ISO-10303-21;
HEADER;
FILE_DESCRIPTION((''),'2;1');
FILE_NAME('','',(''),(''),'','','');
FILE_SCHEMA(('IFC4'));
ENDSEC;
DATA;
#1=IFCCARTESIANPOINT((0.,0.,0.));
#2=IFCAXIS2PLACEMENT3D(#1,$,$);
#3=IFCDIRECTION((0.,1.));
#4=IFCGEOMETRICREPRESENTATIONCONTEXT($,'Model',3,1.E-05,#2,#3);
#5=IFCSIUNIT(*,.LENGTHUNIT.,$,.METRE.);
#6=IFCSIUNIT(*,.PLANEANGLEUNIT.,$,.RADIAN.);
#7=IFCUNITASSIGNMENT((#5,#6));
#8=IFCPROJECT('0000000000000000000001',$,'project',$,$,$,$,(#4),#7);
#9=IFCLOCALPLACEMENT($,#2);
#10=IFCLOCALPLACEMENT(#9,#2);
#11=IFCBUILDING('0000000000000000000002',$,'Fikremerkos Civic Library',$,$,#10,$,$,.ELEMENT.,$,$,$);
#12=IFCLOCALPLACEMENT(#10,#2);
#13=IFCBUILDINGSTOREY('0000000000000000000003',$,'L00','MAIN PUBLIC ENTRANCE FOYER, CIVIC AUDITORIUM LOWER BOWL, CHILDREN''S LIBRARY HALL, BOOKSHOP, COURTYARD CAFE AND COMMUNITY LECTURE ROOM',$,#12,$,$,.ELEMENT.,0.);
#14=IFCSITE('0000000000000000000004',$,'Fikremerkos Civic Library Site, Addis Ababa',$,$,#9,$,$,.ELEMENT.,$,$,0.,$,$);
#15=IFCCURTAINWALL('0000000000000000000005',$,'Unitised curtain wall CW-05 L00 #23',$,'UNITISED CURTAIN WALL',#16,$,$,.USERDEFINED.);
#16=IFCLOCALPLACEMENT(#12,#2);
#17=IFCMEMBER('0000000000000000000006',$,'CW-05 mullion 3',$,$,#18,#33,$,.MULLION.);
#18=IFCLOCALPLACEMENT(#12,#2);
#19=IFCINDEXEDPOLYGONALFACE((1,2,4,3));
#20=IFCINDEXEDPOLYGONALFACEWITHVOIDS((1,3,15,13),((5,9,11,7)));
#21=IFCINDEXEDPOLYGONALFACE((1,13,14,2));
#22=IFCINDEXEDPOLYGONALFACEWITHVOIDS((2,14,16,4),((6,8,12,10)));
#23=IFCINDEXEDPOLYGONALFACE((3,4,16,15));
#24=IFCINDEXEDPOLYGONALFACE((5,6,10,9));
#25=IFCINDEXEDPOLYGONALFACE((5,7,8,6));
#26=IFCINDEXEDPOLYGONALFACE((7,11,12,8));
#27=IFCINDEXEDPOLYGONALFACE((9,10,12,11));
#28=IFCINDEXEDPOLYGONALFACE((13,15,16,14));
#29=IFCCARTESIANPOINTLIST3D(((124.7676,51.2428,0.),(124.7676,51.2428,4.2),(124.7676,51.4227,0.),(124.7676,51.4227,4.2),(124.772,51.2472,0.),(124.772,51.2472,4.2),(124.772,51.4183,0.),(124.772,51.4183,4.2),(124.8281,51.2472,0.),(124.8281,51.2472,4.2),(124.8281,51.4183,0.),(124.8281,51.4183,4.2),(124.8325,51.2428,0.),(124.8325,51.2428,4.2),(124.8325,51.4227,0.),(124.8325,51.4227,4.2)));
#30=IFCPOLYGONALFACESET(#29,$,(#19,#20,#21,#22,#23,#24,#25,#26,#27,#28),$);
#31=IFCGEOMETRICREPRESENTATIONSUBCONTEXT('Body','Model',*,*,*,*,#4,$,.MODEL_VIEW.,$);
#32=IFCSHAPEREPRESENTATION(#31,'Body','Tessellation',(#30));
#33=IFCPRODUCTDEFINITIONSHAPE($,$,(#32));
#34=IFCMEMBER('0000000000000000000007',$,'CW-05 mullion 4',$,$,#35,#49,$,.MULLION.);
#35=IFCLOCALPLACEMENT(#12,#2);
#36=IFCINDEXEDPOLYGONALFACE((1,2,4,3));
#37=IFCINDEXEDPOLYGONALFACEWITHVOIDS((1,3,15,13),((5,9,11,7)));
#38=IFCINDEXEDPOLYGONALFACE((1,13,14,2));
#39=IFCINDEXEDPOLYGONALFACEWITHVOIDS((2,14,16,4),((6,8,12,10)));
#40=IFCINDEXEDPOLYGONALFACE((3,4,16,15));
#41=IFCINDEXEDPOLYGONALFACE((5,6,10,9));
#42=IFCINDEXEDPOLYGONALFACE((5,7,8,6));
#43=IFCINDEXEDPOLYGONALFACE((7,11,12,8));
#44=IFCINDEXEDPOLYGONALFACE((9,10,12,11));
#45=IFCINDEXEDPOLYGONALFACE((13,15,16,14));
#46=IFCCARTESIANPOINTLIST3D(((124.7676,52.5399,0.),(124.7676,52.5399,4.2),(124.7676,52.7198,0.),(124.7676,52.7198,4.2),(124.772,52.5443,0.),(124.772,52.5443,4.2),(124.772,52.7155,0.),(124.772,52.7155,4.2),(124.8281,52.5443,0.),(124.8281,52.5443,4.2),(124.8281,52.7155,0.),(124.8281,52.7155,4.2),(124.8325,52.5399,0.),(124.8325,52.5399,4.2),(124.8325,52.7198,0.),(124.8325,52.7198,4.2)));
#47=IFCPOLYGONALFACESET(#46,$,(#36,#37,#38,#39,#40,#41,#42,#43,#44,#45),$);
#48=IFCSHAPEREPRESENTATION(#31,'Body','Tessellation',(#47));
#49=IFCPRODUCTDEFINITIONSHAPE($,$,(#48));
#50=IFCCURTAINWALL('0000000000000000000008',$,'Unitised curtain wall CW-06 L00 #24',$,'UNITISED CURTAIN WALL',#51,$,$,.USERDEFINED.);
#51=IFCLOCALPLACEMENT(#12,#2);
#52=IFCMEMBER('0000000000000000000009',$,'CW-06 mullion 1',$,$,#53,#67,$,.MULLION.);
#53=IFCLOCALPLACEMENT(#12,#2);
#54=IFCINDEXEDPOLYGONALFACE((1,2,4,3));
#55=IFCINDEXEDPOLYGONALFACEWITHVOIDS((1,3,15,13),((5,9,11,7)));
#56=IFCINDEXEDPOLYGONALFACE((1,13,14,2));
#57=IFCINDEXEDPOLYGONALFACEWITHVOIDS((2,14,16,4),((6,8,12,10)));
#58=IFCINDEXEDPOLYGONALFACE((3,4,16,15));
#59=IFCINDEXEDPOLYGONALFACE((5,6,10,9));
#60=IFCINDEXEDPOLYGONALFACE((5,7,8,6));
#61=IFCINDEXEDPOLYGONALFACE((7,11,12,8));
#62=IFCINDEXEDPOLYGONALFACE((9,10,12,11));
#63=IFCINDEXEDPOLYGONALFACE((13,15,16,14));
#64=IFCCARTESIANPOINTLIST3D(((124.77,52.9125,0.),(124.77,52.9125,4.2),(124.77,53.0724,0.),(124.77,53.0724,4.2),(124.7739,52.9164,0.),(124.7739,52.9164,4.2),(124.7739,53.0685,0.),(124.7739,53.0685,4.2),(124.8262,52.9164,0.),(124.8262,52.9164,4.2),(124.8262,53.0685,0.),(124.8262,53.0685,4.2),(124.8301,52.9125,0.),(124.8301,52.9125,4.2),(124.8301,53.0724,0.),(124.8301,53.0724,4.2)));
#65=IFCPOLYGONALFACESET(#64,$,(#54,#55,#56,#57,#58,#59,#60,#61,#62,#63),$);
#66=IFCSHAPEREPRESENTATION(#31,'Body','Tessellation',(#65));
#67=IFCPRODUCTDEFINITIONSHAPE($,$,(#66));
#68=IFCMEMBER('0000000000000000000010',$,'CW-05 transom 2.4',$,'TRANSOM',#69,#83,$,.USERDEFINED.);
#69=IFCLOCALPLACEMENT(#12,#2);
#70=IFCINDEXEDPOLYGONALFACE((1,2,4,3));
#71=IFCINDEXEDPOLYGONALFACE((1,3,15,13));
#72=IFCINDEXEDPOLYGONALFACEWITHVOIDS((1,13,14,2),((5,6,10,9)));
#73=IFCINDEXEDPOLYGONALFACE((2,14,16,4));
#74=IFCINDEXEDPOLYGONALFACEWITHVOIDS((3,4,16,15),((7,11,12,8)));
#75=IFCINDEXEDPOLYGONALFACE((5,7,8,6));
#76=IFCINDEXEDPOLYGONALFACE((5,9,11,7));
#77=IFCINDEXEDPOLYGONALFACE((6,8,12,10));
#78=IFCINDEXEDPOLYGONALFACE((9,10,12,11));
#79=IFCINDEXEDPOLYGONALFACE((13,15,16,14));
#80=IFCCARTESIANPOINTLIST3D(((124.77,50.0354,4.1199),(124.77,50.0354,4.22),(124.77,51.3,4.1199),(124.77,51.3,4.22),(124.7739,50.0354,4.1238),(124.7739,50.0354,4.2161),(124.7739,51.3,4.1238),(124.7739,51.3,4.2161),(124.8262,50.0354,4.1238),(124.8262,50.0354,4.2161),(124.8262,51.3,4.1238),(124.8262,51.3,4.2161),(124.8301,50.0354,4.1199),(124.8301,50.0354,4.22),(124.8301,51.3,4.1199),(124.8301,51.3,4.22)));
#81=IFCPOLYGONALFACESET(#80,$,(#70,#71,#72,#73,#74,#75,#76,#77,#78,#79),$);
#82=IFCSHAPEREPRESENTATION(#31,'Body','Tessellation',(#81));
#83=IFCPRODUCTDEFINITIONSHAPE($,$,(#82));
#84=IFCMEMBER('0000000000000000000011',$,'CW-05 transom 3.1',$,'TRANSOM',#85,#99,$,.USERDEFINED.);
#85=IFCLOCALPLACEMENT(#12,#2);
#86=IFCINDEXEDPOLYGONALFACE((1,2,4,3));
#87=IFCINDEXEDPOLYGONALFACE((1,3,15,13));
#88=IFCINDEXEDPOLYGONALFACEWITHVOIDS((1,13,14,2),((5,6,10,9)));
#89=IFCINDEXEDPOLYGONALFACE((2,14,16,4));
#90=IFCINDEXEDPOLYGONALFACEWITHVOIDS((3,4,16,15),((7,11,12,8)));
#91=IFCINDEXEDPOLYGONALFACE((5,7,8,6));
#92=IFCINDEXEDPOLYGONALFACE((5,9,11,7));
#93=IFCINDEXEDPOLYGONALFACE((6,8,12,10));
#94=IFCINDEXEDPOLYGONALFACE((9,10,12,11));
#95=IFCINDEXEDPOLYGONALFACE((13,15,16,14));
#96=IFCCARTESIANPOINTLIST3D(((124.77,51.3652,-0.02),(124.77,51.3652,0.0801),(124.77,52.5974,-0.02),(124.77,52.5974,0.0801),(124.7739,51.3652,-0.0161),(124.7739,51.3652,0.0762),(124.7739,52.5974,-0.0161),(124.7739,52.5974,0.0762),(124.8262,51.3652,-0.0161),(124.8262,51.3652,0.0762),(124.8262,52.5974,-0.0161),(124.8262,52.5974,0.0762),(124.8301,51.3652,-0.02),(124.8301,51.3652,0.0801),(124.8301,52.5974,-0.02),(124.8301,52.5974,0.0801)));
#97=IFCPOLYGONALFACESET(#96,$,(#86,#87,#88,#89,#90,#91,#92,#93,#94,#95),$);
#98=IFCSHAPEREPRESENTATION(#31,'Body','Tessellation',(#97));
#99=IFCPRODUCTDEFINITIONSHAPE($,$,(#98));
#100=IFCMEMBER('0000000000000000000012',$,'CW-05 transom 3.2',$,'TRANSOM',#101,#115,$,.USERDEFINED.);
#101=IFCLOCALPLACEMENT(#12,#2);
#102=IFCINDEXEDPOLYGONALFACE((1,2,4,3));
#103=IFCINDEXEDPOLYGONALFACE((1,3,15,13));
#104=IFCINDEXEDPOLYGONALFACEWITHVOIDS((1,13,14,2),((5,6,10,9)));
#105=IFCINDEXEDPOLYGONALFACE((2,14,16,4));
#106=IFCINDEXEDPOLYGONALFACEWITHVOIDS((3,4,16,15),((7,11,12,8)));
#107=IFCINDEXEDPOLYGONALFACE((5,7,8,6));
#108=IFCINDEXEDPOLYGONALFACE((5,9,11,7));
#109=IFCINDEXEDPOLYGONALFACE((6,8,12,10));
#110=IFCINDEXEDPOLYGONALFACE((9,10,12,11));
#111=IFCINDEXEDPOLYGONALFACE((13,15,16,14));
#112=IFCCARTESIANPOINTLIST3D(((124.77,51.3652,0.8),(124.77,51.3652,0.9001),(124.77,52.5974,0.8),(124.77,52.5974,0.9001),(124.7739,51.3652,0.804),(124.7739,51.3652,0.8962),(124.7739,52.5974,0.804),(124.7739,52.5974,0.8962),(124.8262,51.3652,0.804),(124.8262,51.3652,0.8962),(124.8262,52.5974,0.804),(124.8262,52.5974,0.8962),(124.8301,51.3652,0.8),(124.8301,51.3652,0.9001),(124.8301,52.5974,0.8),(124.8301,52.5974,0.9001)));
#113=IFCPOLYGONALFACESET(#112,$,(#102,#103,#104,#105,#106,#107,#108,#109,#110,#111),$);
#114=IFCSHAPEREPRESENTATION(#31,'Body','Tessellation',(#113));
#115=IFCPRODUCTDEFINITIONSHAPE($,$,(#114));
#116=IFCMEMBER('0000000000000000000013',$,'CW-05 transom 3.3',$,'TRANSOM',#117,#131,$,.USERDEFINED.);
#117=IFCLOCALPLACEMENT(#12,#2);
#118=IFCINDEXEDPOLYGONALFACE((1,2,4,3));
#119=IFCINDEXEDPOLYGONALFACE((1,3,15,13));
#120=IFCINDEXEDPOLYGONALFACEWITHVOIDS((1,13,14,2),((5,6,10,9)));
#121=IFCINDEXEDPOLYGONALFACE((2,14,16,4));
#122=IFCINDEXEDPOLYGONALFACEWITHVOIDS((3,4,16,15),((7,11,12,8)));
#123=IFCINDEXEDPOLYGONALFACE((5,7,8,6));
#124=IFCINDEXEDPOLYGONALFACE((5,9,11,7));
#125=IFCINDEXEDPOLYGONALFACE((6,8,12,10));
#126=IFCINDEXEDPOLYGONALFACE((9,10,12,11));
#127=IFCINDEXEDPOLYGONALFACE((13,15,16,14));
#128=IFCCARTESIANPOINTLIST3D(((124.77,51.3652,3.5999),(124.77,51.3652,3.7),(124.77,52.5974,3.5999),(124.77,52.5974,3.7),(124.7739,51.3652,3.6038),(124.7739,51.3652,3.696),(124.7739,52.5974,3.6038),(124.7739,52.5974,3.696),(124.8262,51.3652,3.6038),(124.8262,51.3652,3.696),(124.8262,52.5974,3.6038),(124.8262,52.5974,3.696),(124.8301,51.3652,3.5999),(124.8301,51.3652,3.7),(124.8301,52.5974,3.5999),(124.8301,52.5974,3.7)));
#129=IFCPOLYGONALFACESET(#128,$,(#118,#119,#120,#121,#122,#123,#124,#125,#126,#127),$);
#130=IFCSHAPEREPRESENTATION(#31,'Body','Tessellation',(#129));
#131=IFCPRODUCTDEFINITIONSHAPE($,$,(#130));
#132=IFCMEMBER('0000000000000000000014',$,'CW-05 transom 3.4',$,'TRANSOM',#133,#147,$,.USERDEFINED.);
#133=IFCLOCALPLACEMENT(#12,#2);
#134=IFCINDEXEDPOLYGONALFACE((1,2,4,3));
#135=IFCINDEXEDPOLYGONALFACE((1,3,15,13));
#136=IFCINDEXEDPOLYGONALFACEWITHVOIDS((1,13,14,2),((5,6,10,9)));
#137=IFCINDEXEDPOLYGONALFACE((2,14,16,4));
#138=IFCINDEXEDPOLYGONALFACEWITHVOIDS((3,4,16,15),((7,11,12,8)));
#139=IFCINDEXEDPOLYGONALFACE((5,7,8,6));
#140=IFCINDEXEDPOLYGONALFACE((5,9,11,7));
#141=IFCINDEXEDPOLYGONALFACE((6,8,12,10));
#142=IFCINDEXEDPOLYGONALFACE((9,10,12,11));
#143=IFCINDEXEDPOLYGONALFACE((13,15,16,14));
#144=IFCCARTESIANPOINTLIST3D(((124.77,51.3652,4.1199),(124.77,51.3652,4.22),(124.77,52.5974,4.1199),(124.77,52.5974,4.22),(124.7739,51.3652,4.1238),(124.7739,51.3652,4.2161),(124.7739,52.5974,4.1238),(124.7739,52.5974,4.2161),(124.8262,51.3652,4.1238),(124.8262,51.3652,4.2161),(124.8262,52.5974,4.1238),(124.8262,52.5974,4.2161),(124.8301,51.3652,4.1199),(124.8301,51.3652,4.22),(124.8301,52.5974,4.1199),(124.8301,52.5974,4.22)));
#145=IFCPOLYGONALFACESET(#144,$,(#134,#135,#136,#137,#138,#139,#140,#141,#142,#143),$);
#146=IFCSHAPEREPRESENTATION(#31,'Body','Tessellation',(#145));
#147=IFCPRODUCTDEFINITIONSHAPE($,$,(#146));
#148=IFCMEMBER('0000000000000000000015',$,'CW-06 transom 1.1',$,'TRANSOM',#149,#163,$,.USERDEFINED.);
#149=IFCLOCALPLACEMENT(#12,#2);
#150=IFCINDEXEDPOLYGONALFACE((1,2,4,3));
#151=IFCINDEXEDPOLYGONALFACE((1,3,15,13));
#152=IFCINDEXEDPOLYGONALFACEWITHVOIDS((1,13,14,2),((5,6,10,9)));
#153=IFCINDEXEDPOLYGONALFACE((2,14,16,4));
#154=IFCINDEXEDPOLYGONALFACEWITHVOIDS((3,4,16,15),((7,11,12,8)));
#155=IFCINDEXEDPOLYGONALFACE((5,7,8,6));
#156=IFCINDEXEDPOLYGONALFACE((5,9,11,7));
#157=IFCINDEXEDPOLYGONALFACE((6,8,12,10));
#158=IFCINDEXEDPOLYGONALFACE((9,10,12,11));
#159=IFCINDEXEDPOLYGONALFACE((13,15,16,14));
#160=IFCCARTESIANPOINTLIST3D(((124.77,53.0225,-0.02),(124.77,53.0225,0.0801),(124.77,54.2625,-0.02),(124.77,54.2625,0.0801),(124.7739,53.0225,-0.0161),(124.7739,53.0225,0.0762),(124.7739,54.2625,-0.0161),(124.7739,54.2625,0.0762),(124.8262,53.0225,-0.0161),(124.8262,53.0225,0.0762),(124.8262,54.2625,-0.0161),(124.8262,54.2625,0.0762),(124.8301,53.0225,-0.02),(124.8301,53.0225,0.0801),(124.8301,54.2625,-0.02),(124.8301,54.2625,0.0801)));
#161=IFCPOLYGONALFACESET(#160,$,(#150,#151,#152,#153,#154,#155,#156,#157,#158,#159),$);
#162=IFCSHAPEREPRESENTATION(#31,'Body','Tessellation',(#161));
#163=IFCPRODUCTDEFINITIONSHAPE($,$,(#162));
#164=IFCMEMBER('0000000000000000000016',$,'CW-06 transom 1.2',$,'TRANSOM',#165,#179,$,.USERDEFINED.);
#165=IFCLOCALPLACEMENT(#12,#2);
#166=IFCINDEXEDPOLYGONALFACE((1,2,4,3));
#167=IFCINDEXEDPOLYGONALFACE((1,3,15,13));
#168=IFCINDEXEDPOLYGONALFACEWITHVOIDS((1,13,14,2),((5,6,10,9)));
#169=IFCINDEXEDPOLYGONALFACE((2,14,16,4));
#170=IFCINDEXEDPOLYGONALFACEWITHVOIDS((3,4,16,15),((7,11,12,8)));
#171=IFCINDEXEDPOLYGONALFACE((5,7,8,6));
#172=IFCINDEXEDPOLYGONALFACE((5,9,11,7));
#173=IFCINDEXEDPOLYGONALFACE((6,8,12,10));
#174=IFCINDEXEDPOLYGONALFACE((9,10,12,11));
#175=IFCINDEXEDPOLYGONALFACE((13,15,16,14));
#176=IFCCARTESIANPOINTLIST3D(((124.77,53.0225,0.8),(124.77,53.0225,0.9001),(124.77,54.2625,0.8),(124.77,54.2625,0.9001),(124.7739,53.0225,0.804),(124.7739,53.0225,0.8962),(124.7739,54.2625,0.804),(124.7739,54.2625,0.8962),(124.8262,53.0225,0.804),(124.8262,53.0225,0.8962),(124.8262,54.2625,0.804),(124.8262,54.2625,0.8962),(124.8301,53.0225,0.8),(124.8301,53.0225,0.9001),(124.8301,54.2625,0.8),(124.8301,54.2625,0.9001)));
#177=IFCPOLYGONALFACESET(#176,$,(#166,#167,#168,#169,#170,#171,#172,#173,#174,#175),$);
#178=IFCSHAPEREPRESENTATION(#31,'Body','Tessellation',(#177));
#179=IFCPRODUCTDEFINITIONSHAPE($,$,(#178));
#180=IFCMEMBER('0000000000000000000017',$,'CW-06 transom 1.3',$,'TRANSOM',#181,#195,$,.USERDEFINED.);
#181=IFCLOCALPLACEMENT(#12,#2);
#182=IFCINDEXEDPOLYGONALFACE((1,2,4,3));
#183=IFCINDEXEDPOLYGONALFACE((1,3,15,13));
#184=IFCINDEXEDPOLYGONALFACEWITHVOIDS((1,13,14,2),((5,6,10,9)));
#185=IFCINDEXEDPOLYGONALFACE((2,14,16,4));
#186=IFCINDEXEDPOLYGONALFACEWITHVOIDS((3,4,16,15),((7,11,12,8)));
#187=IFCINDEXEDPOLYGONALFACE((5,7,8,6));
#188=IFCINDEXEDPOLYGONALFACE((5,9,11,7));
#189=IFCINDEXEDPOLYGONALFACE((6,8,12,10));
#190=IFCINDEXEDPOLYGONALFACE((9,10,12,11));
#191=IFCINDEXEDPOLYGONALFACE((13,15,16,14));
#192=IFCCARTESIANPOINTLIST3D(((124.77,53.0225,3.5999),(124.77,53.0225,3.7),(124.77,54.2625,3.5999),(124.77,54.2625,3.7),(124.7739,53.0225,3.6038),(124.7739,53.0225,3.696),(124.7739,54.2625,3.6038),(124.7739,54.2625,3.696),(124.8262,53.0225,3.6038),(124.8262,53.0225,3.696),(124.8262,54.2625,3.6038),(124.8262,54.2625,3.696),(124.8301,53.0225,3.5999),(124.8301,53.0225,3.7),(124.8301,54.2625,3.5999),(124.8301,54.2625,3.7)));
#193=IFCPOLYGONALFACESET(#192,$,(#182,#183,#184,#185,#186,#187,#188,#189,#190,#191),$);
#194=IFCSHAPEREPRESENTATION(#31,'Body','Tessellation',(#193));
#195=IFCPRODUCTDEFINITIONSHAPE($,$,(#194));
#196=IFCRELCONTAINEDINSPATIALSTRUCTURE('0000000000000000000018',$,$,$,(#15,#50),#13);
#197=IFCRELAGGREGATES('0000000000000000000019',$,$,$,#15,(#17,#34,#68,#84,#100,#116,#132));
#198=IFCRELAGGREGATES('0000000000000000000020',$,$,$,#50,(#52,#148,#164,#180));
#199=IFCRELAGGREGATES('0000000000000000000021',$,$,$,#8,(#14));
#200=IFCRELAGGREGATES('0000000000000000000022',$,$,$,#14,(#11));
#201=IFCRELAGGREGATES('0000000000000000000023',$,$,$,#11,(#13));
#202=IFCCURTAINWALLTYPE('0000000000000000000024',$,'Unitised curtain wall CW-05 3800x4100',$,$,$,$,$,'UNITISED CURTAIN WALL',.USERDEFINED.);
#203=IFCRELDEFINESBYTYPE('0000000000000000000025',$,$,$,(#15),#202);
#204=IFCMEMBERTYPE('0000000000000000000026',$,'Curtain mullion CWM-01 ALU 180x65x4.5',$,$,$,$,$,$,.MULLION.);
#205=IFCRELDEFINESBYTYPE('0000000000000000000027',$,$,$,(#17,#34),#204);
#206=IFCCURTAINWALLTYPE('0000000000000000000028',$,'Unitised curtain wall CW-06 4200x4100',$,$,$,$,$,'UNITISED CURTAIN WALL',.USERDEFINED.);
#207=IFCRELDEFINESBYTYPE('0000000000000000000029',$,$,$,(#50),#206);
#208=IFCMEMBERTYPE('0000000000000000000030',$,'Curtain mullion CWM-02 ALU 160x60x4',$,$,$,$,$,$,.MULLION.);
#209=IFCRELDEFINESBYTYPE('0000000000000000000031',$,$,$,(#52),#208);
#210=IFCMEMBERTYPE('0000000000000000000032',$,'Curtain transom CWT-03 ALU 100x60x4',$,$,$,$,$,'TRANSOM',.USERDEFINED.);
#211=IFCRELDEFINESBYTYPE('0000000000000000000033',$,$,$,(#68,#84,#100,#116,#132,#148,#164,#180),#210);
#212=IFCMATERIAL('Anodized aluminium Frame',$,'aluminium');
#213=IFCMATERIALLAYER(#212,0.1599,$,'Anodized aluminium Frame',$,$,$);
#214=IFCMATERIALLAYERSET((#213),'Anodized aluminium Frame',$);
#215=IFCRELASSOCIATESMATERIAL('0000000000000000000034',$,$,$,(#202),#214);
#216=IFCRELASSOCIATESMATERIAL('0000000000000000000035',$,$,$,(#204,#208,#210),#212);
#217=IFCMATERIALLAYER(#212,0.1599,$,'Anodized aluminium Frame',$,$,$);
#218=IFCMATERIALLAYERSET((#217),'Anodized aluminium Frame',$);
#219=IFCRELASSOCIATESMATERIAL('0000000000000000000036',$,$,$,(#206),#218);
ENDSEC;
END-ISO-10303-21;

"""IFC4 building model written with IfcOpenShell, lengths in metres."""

from ifc_helpers import new_model, si_unit, direction, frame, origin, origin_2d, place, context, subcontext, project, spatial, hollow_rectangle, extrude, material, layer, layer_set, material_profile, profile_set, type_object, element, aggregate, save


model = new_model("IFC4")

# Units and contexts
model_context = context("Model", 3, precision=1e-05, world=origin(), true_north=direction((0.0, 1.0)))
body_context = subcontext(model_context, "Body", "Model", "MODEL_VIEW")
ifc_project = project(units=[si_unit("LENGTHUNIT", "METRE"), si_unit("PLANEANGLEUNIT", "RADIAN")], contexts=[model_context])

# Site, building, storey
site_placement = place(None, origin())
site = spatial("IfcSite", under=ifc_project, at=site_placement, Name="Fikremerkos Civic Library Site, Addis Ababa", CompositionType="ELEMENT", RefElevation=0.0)
building_placement = place(site_placement, origin())
building = spatial("IfcBuilding", under=site, at=building_placement, Name="Fikremerkos Civic Library", CompositionType="ELEMENT")
storey_placement = place(building_placement, origin())
storey = spatial("IfcBuildingStorey", under=building, at=storey_placement, Name="L00", Description="MAIN PUBLIC ENTRANCE FOYER, CIVIC AUDITORIUM LOWER BOWL, CHILDREN'S LIBRARY HALL, BOOKSHOP, COURTYARD CAFE AND COMMUNITY LECTURE ROOM", CompositionType="ELEMENT", Elevation=0.0)

# Curtain wall, members
ifc_material_1 = material(Name="Anodized aluminium Frame", Category="aluminium")
ifc_layer_1 = layer(ifc_material_1, 0.1599, Name="Anodized aluminium Frame")
ifc_layer_set_1 = layer_set([ifc_layer_1], Name="Anodized aluminium Frame")
curtain_wall_type_1 = type_object("IfcCurtainWallType", Name="Unitised curtain wall CW-05 3800x4100", ElementType="UNITISED CURTAIN WALL", PredefinedType="USERDEFINED", material=ifc_layer_set_1)
curtain_wall_1_placement = place(storey_placement, origin())
curtain_wall_1 = element("IfcCurtainWall", 1, at=curtain_wall_1_placement, inside=storey, type_object=curtain_wall_type_1, Name="Unitised curtain wall CW-05 L00 #23", ObjectType="UNITISED CURTAIN WALL", PredefinedType="USERDEFINED")
ifc_material_profile_1 = material_profile(ifc_material_1, hollow_rectangle(XDim=0.0649, YDim=0.1799, WallThickness=0.0044, at=origin_2d()), Name="ALU 180x65x4.5")
ifc_profile_set_1 = profile_set([ifc_material_profile_1], Name="Anodized aluminium Frame")
member_type_1 = type_object("IfcMemberType", Name="Curtain mullion CWM-01 ALU 180x65x4.5", PredefinedType="MULLION", material=ifc_profile_set_1)
member_1_placement = place(storey_placement, frame((124.8, 51.3328, 0.0), z_axis=(0.0, 0.0, 1.0), x_axis=(-1.0, 0.0, 0.0)))
member_1 = element("IfcMember", 2, at=member_1_placement, type_object=member_type_1, Name="CW-05 mullion 3", PredefinedType="MULLION", context=body_context, shape_type="SweptSolid", body=[
    extrude(hollow_rectangle(XDim=0.0649, YDim=0.1799, WallThickness=0.0044, at=origin_2d()), origin(), (0.0, 0.0, 1.0), 4.2),
])
member_2_placement = place(storey_placement, frame((124.8, 52.6299, 0.0), z_axis=(0.0, 0.0, 1.0), x_axis=(-1.0, 0.0, 0.0)))
member_2 = element("IfcMember", 3, at=member_2_placement, type_object=member_type_1, Name="CW-05 mullion 4", PredefinedType="MULLION", context=body_context, shape_type="SweptSolid", body=[
    extrude(hollow_rectangle(XDim=0.0649, YDim=0.1799, WallThickness=0.0044, at=origin_2d()), origin(), (0.0, 0.0, 1.0), 4.2),
])

# Curtain wall, member
ifc_layer_2 = layer(ifc_material_1, 0.1599, Name="Anodized aluminium Frame")
ifc_layer_set_2 = layer_set([ifc_layer_2], Name="Anodized aluminium Frame")
curtain_wall_type_2 = type_object("IfcCurtainWallType", Name="Unitised curtain wall CW-06 4200x4100", ElementType="UNITISED CURTAIN WALL", PredefinedType="USERDEFINED", material=ifc_layer_set_2)
curtain_wall_2_placement = place(storey_placement, origin())
curtain_wall_2 = element("IfcCurtainWall", 4, at=curtain_wall_2_placement, inside=storey, type_object=curtain_wall_type_2, Name="Unitised curtain wall CW-06 L00 #24", ObjectType="UNITISED CURTAIN WALL", PredefinedType="USERDEFINED")
ifc_material_profile_2 = material_profile(ifc_material_1, hollow_rectangle(XDim=0.0601, YDim=0.1599, WallThickness=0.0039, at=origin_2d()), Name="ALU 160x60x4")
ifc_profile_set_2 = profile_set([ifc_material_profile_2], Name="Anodized aluminium Frame")
member_type_2 = type_object("IfcMemberType", Name="Curtain mullion CWM-02 ALU 160x60x4", PredefinedType="MULLION", material=ifc_profile_set_2)
member_3_placement = place(storey_placement, frame((124.8, 52.9924, 0.0), z_axis=(0.0, 0.0, 1.0), x_axis=(-1.0, 0.0, 0.0)))
member_3 = element("IfcMember", 5, at=member_3_placement, type_object=member_type_2, Name="CW-06 mullion 1", PredefinedType="MULLION", context=body_context, shape_type="SweptSolid", body=[
    extrude(hollow_rectangle(XDim=0.0601, YDim=0.1599, WallThickness=0.0039, at=origin_2d()), origin(), (0.0, 0.0, 1.0), 4.2),
])

# Members
ifc_material_profile_3 = material_profile(ifc_material_1, hollow_rectangle(XDim=0.0601, YDim=0.1001, WallThickness=0.0039, at=origin_2d()), Name="ALU 100x60x4")
ifc_profile_set_3 = profile_set([ifc_material_profile_3], Name="Anodized aluminium Frame")
member_type_3 = type_object("IfcMemberType", Name="Curtain transom CWT-03 ALU 100x60x4", ElementType="TRANSOM", PredefinedType="USERDEFINED", material=ifc_profile_set_3)
member_4_placement = place(storey_placement, frame((124.8, 50.0354, 4.1699), z_axis=(0.0, 1.0, 0.0), x_axis=(-1.0, 0.0, 0.0)))
member_4 = element("IfcMember", 6, at=member_4_placement, type_object=member_type_3, Name="CW-05 transom 2.4", ObjectType="TRANSOM", PredefinedType="USERDEFINED", context=body_context, shape_type="SweptSolid", body=[
    extrude(hollow_rectangle(XDim=0.0601, YDim=0.1001, WallThickness=0.0039, at=origin_2d()), origin(), (0.0, 0.0, 1.0), 1.2646),
])
member_5_placement = place(storey_placement, frame((124.8, 51.3652, 0.03), z_axis=(0.0, 1.0, 0.0), x_axis=(-1.0, 0.0, 0.0)))
member_5 = element("IfcMember", 7, at=member_5_placement, type_object=member_type_3, Name="CW-05 transom 3.1", ObjectType="TRANSOM", PredefinedType="USERDEFINED", context=body_context, shape_type="SweptSolid", body=[
    extrude(hollow_rectangle(XDim=0.0601, YDim=0.1001, WallThickness=0.0039, at=origin_2d()), origin(), (0.0, 0.0, 1.0), 1.2322),
])
member_6_placement = place(storey_placement, frame((124.8, 51.3652, 0.8501), z_axis=(0.0, 1.0, 0.0), x_axis=(-1.0, 0.0, 0.0)))
member_6 = element("IfcMember", 8, at=member_6_placement, type_object=member_type_3, Name="CW-05 transom 3.2", ObjectType="TRANSOM", PredefinedType="USERDEFINED", context=body_context, shape_type="SweptSolid", body=[
    extrude(hollow_rectangle(XDim=0.0601, YDim=0.1001, WallThickness=0.0039, at=origin_2d()), origin(), (0.0, 0.0, 1.0), 1.2322),
])
member_7_placement = place(storey_placement, frame((124.8, 51.3652, 3.6499), z_axis=(0.0, 1.0, 0.0), x_axis=(-1.0, 0.0, 0.0)))
member_7 = element("IfcMember", 9, at=member_7_placement, type_object=member_type_3, Name="CW-05 transom 3.3", ObjectType="TRANSOM", PredefinedType="USERDEFINED", context=body_context, shape_type="SweptSolid", body=[
    extrude(hollow_rectangle(XDim=0.0601, YDim=0.1001, WallThickness=0.0039, at=origin_2d()), origin(), (0.0, 0.0, 1.0), 1.2322),
])
member_8_placement = place(storey_placement, frame((124.8, 51.3652, 4.1699), z_axis=(0.0, 1.0, 0.0), x_axis=(-1.0, 0.0, 0.0)))
member_8 = element("IfcMember", 10, at=member_8_placement, type_object=member_type_3, Name="CW-05 transom 3.4", ObjectType="TRANSOM", PredefinedType="USERDEFINED", context=body_context, shape_type="SweptSolid", body=[
    extrude(hollow_rectangle(XDim=0.0601, YDim=0.1001, WallThickness=0.0039, at=origin_2d()), origin(), (0.0, 0.0, 1.0), 1.2322),
])
member_9_placement = place(storey_placement, frame((124.8, 53.0225, 0.03), z_axis=(0.0, 1.0, 0.0), x_axis=(-1.0, 0.0, 0.0)))
member_9 = element("IfcMember", 11, at=member_9_placement, type_object=member_type_3, Name="CW-06 transom 1.1", ObjectType="TRANSOM", PredefinedType="USERDEFINED", context=body_context, shape_type="SweptSolid", body=[
    extrude(hollow_rectangle(XDim=0.0601, YDim=0.1001, WallThickness=0.0039, at=origin_2d()), origin(), (0.0, 0.0, 1.0), 1.24),
])
member_10_placement = place(storey_placement, frame((124.8, 53.0225, 0.8501), z_axis=(0.0, 1.0, 0.0), x_axis=(-1.0, 0.0, 0.0)))
member_10 = element("IfcMember", 12, at=member_10_placement, type_object=member_type_3, Name="CW-06 transom 1.2", ObjectType="TRANSOM", PredefinedType="USERDEFINED", context=body_context, shape_type="SweptSolid", body=[
    extrude(hollow_rectangle(XDim=0.0601, YDim=0.1001, WallThickness=0.0039, at=origin_2d()), origin(), (0.0, 0.0, 1.0), 1.24),
])
member_11_placement = place(storey_placement, frame((124.8, 53.0225, 3.6499), z_axis=(0.0, 1.0, 0.0), x_axis=(-1.0, 0.0, 0.0)))
member_11 = element("IfcMember", 13, at=member_11_placement, type_object=member_type_3, Name="CW-06 transom 1.3", ObjectType="TRANSOM", PredefinedType="USERDEFINED", context=body_context, shape_type="SweptSolid", body=[
    extrude(hollow_rectangle(XDim=0.0601, YDim=0.1001, WallThickness=0.0039, at=origin_2d()), origin(), (0.0, 0.0, 1.0), 1.24),
])

aggregate(curtain_wall_1, [member_1, member_2, member_4, member_5, member_6, member_7, member_8])
aggregate(curtain_wall_2, [member_3, member_9, member_10, member_11])

save(model, "model.ifc")
